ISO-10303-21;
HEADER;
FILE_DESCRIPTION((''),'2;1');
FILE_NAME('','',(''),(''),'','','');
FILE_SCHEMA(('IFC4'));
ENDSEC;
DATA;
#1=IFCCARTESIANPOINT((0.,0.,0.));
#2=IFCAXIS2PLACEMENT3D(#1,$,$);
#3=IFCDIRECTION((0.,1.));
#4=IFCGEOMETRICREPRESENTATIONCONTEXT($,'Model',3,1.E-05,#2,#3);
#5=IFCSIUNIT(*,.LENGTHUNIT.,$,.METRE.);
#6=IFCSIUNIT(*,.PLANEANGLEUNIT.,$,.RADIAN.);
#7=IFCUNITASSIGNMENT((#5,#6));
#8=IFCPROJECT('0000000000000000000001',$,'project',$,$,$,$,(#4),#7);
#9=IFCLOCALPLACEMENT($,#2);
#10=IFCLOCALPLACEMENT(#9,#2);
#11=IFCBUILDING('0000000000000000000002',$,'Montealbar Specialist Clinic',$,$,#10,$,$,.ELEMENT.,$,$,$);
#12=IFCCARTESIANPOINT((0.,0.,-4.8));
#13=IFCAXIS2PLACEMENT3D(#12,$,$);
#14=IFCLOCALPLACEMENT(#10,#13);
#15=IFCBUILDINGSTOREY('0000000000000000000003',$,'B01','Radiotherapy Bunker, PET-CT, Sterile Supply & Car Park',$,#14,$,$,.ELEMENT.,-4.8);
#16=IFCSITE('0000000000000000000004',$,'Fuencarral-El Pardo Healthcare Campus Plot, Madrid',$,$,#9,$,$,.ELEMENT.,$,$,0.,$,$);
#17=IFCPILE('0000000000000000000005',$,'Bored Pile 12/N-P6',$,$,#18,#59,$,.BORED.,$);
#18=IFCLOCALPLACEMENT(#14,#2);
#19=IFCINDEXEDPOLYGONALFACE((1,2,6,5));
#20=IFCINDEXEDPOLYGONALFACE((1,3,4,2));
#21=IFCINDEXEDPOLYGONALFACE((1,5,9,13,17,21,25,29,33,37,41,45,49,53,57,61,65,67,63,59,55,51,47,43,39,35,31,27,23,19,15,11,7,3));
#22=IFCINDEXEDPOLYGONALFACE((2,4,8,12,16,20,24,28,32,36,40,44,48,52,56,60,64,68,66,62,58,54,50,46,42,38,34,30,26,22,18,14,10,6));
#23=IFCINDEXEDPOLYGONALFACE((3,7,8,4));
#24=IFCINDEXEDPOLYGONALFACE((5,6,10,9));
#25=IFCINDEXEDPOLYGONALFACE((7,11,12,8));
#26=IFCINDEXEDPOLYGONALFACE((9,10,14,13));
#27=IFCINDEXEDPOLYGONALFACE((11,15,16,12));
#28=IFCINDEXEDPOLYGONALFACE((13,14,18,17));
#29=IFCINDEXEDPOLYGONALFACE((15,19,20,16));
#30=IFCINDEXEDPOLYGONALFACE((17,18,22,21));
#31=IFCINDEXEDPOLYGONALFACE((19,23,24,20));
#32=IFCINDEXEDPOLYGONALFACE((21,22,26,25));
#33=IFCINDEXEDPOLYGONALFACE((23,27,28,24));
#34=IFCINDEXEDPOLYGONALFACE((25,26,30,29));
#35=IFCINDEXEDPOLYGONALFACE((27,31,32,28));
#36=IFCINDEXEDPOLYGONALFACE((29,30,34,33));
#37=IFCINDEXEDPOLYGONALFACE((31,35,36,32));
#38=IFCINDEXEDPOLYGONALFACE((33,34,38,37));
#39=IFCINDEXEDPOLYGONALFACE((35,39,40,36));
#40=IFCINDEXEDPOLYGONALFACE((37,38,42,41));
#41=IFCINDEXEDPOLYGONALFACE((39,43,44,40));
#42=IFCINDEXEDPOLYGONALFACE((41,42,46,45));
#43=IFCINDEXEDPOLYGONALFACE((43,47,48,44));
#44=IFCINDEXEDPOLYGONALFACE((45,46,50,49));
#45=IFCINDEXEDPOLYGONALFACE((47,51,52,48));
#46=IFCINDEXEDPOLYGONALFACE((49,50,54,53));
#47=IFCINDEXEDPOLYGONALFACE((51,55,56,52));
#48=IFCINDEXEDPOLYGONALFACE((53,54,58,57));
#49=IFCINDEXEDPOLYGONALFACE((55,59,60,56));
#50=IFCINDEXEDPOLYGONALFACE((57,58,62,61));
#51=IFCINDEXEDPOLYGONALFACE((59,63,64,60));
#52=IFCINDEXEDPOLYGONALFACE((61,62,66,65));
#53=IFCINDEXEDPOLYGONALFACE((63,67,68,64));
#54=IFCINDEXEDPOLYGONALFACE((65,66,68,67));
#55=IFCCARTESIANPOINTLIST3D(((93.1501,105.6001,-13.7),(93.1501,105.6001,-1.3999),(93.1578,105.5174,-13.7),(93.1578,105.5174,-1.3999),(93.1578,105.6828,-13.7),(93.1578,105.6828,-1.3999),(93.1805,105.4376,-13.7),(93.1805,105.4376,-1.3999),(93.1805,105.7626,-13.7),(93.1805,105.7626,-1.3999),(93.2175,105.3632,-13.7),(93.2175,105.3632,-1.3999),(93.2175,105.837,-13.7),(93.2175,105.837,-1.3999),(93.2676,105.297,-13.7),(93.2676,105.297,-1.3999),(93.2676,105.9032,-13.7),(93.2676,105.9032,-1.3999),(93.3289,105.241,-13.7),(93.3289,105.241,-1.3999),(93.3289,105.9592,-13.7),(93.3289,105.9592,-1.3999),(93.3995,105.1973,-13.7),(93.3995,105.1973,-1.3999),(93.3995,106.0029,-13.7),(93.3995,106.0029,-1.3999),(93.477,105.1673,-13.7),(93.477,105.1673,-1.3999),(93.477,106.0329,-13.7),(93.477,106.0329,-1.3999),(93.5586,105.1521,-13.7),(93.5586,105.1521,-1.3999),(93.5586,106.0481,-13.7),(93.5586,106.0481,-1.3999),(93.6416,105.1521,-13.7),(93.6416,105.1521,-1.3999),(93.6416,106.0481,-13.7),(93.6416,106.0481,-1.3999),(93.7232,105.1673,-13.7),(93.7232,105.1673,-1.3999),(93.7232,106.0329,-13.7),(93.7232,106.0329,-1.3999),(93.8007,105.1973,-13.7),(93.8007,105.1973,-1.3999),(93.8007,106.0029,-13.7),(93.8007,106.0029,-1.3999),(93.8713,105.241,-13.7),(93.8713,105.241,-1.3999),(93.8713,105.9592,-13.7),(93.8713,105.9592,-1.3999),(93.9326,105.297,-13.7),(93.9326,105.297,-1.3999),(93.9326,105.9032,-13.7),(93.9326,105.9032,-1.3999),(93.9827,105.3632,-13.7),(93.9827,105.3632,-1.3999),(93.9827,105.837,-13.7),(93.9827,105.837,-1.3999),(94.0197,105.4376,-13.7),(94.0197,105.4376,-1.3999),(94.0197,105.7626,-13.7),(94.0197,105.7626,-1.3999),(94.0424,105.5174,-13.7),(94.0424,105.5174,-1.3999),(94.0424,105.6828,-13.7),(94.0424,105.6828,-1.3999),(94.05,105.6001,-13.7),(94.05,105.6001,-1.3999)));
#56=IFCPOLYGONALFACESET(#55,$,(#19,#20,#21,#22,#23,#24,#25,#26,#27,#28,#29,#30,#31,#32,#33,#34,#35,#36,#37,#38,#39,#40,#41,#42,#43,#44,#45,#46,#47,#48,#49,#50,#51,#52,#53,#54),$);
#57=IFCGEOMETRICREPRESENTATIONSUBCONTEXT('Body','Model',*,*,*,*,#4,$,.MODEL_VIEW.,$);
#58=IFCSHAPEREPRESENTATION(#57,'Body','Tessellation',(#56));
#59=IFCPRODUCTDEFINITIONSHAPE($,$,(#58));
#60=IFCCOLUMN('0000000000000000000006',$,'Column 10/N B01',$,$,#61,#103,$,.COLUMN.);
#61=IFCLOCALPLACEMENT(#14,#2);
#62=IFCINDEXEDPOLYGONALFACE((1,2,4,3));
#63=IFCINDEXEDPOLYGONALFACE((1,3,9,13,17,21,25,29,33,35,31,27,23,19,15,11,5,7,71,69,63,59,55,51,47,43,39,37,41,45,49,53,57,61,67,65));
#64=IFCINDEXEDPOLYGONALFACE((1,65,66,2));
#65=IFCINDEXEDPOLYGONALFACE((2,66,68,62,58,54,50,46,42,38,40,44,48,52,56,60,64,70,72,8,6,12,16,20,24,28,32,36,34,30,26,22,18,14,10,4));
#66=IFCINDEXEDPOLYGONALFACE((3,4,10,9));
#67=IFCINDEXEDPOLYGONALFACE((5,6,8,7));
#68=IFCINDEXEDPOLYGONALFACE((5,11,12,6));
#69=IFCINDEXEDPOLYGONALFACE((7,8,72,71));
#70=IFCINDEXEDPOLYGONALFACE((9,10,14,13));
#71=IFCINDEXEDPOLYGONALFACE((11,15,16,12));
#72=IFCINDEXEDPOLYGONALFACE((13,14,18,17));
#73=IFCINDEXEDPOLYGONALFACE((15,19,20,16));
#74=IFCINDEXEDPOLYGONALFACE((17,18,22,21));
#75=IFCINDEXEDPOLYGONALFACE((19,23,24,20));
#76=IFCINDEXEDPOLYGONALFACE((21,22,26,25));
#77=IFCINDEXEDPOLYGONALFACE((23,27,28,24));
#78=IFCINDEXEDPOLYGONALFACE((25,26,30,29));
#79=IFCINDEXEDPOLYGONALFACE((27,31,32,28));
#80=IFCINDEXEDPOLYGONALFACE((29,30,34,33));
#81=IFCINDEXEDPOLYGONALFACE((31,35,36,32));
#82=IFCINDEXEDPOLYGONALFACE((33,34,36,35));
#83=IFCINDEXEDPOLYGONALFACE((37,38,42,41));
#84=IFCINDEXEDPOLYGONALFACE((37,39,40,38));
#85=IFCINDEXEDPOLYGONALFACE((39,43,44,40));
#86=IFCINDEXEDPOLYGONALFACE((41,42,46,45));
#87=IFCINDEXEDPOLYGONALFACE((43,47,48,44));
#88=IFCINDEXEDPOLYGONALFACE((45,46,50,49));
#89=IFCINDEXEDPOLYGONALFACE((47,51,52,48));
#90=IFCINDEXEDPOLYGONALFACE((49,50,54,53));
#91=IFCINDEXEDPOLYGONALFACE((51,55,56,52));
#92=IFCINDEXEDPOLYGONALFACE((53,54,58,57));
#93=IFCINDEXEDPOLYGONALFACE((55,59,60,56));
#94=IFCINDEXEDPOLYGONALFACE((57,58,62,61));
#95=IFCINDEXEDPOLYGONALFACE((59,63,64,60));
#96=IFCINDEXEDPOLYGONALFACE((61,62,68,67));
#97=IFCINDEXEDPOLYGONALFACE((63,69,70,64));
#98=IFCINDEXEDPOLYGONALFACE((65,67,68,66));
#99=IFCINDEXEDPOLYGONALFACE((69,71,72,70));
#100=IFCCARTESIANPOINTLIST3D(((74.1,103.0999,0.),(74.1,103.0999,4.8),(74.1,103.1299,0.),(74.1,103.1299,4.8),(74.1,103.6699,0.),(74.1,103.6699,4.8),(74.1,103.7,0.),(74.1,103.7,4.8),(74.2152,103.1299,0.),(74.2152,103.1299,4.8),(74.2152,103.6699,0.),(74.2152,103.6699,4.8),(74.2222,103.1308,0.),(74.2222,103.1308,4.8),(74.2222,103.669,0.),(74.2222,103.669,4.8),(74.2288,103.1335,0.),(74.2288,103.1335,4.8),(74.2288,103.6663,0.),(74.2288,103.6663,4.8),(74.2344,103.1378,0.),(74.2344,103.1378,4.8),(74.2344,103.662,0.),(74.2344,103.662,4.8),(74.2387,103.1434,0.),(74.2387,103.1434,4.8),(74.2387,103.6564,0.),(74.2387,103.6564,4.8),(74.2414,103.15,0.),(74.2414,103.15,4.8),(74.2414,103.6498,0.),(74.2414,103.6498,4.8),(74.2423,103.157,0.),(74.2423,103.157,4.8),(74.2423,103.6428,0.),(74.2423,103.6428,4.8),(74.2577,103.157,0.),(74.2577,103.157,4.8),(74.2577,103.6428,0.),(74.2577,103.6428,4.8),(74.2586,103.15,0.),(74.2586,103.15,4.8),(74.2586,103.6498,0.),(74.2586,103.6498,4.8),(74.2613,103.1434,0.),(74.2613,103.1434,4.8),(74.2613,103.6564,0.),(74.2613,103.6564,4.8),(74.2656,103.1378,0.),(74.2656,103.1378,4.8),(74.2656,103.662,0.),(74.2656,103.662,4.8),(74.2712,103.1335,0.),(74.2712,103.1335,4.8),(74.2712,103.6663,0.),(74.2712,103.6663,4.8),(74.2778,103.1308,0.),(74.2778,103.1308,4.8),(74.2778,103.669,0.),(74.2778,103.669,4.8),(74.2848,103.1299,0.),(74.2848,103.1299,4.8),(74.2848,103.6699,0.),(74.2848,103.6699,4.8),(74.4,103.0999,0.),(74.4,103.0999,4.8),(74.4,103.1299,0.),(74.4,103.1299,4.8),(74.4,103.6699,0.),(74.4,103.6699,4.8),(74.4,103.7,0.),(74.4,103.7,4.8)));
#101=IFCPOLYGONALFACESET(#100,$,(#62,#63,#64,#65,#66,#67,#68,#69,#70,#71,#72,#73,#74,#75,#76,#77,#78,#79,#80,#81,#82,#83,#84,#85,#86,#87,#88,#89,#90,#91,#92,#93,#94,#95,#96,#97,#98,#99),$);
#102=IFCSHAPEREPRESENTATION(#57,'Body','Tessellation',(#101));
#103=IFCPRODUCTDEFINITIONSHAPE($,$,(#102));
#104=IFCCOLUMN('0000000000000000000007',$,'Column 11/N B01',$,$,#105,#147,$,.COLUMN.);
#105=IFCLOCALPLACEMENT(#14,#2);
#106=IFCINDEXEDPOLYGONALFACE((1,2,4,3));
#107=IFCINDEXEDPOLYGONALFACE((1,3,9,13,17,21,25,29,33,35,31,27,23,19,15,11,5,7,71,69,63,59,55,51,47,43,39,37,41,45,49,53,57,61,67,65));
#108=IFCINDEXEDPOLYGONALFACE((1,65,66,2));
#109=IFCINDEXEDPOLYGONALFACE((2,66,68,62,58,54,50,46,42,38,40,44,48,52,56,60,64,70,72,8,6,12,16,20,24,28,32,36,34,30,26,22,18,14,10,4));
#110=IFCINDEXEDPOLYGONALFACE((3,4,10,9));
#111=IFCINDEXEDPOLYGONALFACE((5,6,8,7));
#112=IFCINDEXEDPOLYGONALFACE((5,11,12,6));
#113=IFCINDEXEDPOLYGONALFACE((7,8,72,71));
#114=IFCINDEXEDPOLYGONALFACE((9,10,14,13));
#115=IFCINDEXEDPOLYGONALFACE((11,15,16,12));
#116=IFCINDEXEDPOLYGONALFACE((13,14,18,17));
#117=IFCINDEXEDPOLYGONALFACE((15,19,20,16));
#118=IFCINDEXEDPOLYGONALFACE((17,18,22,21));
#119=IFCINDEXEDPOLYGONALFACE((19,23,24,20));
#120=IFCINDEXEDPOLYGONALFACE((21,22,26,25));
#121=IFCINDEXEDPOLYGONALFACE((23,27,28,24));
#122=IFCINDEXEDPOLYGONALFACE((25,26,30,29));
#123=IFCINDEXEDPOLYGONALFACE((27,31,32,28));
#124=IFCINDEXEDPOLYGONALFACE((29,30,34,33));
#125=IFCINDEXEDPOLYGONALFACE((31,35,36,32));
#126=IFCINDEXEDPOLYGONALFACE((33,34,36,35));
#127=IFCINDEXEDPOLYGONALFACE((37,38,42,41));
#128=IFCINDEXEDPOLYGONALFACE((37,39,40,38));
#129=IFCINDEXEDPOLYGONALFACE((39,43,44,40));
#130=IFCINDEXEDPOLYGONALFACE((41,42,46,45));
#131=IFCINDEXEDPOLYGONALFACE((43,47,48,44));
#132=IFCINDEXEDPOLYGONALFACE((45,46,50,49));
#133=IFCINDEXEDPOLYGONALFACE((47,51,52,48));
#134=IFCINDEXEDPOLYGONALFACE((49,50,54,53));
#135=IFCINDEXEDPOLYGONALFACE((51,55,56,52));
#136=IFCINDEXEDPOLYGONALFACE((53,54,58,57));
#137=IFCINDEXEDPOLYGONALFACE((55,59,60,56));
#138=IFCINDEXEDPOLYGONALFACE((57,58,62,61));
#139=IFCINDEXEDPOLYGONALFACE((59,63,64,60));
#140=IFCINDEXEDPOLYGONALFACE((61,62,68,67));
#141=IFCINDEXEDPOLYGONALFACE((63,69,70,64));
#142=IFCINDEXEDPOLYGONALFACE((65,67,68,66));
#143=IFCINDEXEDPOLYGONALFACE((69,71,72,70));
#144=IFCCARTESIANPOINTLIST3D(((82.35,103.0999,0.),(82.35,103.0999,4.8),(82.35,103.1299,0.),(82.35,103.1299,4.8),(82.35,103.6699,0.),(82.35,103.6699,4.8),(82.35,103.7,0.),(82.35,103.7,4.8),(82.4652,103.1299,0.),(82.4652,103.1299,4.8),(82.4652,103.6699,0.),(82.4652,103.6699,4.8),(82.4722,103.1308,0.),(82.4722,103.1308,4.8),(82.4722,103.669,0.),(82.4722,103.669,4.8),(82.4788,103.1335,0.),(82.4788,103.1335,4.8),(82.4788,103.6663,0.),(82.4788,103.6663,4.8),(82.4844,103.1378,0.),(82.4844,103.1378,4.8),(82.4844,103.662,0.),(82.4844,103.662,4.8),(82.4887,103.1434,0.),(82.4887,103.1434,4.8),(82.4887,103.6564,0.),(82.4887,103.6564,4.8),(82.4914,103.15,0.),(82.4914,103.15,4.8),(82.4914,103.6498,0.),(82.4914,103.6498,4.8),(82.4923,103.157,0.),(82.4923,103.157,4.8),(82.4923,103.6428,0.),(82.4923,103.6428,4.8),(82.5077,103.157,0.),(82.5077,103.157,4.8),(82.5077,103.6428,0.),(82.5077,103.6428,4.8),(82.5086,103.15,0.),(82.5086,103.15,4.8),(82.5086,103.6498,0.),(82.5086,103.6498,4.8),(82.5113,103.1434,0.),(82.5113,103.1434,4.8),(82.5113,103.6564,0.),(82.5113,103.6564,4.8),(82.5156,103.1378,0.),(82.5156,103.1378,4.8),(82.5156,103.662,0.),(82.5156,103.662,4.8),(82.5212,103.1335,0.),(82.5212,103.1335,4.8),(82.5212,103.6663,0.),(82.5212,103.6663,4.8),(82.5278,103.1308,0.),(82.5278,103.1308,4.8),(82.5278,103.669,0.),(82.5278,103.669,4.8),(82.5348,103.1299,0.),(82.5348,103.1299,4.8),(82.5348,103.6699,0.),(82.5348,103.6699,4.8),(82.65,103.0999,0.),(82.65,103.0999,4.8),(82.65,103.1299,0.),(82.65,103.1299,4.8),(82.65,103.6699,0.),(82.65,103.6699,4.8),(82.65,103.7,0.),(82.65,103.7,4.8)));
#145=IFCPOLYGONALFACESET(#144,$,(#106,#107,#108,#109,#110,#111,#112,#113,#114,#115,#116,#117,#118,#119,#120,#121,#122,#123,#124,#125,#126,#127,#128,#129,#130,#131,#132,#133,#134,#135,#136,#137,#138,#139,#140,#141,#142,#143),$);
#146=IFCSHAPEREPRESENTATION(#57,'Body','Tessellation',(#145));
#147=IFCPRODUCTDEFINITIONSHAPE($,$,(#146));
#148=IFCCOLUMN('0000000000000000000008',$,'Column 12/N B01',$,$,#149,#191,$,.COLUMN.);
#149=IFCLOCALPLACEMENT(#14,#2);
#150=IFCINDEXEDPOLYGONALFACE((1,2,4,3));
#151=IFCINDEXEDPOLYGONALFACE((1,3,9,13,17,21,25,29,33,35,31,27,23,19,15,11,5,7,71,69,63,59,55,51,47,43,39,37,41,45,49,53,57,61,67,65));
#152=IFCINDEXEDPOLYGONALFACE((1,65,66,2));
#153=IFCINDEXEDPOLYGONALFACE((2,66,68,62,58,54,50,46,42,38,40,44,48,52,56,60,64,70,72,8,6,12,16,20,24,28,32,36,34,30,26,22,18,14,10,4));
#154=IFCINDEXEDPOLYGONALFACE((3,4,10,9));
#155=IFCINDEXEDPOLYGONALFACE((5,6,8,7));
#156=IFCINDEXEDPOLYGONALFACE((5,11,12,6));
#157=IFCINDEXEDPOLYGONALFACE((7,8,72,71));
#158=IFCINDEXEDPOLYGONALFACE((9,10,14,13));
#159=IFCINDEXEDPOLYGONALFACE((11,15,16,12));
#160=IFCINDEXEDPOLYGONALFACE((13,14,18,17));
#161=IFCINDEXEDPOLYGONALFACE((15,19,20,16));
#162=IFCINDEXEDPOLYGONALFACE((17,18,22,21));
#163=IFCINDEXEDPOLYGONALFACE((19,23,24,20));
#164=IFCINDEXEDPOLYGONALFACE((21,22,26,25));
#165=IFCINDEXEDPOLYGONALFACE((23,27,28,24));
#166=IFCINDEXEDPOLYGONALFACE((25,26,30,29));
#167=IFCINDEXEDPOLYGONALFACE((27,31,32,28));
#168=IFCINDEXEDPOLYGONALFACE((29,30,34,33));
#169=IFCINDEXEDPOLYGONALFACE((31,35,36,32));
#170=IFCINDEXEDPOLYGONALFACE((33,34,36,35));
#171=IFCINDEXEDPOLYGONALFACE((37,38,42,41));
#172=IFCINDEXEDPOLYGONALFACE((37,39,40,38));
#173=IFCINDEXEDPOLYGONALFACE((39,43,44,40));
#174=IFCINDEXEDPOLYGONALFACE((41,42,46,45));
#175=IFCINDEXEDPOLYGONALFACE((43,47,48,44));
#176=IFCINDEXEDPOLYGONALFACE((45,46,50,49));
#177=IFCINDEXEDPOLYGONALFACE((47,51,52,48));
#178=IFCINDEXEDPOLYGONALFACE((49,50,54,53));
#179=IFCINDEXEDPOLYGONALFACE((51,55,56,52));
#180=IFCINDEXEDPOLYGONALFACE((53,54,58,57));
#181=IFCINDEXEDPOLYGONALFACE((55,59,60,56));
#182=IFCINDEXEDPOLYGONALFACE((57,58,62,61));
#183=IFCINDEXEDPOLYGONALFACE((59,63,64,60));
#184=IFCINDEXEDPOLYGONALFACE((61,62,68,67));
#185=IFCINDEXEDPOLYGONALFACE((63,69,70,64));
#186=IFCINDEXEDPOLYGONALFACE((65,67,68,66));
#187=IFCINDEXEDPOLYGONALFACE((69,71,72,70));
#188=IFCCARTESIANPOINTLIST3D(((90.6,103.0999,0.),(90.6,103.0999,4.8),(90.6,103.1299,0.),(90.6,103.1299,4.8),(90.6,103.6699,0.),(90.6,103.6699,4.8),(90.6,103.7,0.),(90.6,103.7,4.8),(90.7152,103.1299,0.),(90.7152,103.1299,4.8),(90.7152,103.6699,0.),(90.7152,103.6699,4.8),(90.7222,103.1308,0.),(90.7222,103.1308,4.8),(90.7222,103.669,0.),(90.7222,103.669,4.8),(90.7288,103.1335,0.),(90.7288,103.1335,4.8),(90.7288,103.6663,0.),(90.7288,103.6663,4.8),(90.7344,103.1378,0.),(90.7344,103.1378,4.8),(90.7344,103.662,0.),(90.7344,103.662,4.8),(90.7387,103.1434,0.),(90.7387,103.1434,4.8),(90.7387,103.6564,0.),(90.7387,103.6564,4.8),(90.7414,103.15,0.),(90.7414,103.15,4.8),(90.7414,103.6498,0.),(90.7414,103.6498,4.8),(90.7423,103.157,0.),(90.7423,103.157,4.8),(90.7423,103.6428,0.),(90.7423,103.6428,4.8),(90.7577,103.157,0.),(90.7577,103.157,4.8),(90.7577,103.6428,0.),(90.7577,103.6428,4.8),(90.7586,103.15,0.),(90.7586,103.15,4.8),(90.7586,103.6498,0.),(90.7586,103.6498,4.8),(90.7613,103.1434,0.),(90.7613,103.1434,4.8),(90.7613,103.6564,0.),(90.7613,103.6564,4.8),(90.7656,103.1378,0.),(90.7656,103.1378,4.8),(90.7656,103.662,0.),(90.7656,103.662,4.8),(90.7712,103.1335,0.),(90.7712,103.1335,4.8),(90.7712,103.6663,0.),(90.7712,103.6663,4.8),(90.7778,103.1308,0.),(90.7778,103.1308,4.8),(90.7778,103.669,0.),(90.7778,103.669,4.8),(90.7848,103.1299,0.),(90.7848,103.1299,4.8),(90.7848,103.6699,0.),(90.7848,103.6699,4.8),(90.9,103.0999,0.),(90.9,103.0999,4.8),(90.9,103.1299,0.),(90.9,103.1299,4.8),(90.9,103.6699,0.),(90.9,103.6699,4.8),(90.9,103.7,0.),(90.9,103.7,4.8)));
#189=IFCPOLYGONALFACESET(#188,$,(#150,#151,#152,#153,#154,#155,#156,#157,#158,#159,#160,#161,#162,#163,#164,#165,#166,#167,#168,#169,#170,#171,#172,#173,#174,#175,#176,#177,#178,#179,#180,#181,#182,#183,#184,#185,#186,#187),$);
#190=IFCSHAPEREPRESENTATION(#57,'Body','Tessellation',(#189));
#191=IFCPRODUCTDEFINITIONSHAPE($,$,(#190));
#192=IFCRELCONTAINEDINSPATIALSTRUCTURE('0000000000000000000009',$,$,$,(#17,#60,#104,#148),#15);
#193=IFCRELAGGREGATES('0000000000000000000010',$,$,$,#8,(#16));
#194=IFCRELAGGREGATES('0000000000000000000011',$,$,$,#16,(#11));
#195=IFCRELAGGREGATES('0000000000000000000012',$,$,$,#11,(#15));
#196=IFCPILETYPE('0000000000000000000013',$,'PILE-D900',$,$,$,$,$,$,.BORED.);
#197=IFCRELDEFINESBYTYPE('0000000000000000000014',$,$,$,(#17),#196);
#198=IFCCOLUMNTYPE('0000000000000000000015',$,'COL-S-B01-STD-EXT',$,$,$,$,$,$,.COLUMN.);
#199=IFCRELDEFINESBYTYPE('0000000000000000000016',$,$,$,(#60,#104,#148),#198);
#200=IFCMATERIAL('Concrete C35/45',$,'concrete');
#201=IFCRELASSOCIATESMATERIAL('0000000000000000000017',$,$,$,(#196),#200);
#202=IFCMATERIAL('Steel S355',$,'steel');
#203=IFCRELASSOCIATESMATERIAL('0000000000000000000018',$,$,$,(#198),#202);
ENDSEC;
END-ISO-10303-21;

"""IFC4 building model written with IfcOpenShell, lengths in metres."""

from ifc_helpers import new_model, si_unit, direction, frame, origin, origin_2d, place, context, subcontext, project, spatial, circle, i_section, extrude, material, material_profile, profile_set, type_object, element, save


model = new_model("IFC4")

# Units and contexts
model_context = context("Model", 3, precision=1e-05, world=origin(), true_north=direction((0.0, 1.0)))
body_context = subcontext(model_context, "Body", "Model", "MODEL_VIEW")
ifc_project = project(units=[si_unit("LENGTHUNIT", "METRE"), si_unit("PLANEANGLEUNIT", "RADIAN")], contexts=[model_context])

# Site, building, storey
site_placement = place(None, origin())
site = spatial("IfcSite", under=ifc_project, at=site_placement, Name="Fuencarral-El Pardo Healthcare Campus Plot, Madrid", CompositionType="ELEMENT", RefElevation=0.0)
building_placement = place(site_placement, origin())
building = spatial("IfcBuilding", under=site, at=building_placement, Name="Montealbar Specialist Clinic", CompositionType="ELEMENT")
storey_placement = place(building_placement, frame((0.0, 0.0, -4.8)))
storey = spatial("IfcBuildingStorey", under=building, at=storey_placement, Name="B01", Description="Radiotherapy Bunker, PET-CT, Sterile Supply & Car Park", CompositionType="ELEMENT", Elevation=-4.8)

# Shared definitions
ifc_material_1 = material(Name="Concrete C35/45", Category="concrete")

# Pile
ifc_material_profile_1 = material_profile(ifc_material_1, circle(Radius=0.45, at=origin_2d()), Name="PILE D900", Category="concrete")
ifc_profile_set_1 = profile_set([ifc_material_profile_1], Name="Concrete C35/45")
pile_type_1 = type_object("IfcPileType", Name="PILE-D900", PredefinedType="BORED", material=ifc_profile_set_1)
for number, where, z_axis, x_axis, name in (
    (1, (93.6001, 105.6001, -1.3999), (0.0, 0.0, -1.0), (1.0, 0.0, 0.0), "Bored Pile 12/N-P6"),
):
    element("IfcPile", number, at=place(storey_placement, frame(where, z_axis=z_axis, x_axis=x_axis)), inside=storey, type_object=pile_type_1, Name=name, PredefinedType="BORED", context=body_context, shape_type="SweptSolid", body=[
        extrude(circle(Radius=0.45, at=origin_2d()), origin(), (0.0, 0.0, 1.0), 12.3),
    ])

# Columns
ifc_material_2 = material(Name="Steel S355", Category="steel")
ifc_material_profile_2 = material_profile(ifc_material_2, i_section(OverallWidth=0.3, OverallDepth=0.6001, WebThickness=0.0154, FlangeThickness=0.03, FilletRadius=0.0271, at=origin_2d()), Name="HEB 600", Category="steel")
ifc_profile_set_2 = profile_set([ifc_material_profile_2], Name="Steel S355")
column_type_1 = type_object("IfcColumnType", Name="COL-S-B01-STD-EXT", PredefinedType="COLUMN", material=ifc_profile_set_2)
for number, where, z_axis, x_axis, name in (
    (2, (74.25, 103.3999, 0.0), (0.0, 0.0, 1.0), (1.0, 0.0, 0.0), "Column 10/N B01"),
    (3, (82.5, 103.3999, 0.0), (0.0, 0.0, 1.0), (1.0, 0.0, 0.0), "Column 11/N B01"),
    (4, (90.75, 103.3999, 0.0), (0.0, 0.0, 1.0), (1.0, 0.0, 0.0), "Column 12/N B01"),
):
    element("IfcColumn", number, at=place(storey_placement, frame(where, z_axis=z_axis, x_axis=x_axis)), inside=storey, type_object=column_type_1, Name=name, PredefinedType="COLUMN", context=body_context, shape_type="SweptSolid", body=[
        extrude(i_section(OverallWidth=0.3, OverallDepth=0.6001, WebThickness=0.0154, FlangeThickness=0.03, FilletRadius=0.0271, at=origin_2d()), origin(), (0.0, 0.0, 1.0), 4.8),
    ])

save(model, "model.ifc")
